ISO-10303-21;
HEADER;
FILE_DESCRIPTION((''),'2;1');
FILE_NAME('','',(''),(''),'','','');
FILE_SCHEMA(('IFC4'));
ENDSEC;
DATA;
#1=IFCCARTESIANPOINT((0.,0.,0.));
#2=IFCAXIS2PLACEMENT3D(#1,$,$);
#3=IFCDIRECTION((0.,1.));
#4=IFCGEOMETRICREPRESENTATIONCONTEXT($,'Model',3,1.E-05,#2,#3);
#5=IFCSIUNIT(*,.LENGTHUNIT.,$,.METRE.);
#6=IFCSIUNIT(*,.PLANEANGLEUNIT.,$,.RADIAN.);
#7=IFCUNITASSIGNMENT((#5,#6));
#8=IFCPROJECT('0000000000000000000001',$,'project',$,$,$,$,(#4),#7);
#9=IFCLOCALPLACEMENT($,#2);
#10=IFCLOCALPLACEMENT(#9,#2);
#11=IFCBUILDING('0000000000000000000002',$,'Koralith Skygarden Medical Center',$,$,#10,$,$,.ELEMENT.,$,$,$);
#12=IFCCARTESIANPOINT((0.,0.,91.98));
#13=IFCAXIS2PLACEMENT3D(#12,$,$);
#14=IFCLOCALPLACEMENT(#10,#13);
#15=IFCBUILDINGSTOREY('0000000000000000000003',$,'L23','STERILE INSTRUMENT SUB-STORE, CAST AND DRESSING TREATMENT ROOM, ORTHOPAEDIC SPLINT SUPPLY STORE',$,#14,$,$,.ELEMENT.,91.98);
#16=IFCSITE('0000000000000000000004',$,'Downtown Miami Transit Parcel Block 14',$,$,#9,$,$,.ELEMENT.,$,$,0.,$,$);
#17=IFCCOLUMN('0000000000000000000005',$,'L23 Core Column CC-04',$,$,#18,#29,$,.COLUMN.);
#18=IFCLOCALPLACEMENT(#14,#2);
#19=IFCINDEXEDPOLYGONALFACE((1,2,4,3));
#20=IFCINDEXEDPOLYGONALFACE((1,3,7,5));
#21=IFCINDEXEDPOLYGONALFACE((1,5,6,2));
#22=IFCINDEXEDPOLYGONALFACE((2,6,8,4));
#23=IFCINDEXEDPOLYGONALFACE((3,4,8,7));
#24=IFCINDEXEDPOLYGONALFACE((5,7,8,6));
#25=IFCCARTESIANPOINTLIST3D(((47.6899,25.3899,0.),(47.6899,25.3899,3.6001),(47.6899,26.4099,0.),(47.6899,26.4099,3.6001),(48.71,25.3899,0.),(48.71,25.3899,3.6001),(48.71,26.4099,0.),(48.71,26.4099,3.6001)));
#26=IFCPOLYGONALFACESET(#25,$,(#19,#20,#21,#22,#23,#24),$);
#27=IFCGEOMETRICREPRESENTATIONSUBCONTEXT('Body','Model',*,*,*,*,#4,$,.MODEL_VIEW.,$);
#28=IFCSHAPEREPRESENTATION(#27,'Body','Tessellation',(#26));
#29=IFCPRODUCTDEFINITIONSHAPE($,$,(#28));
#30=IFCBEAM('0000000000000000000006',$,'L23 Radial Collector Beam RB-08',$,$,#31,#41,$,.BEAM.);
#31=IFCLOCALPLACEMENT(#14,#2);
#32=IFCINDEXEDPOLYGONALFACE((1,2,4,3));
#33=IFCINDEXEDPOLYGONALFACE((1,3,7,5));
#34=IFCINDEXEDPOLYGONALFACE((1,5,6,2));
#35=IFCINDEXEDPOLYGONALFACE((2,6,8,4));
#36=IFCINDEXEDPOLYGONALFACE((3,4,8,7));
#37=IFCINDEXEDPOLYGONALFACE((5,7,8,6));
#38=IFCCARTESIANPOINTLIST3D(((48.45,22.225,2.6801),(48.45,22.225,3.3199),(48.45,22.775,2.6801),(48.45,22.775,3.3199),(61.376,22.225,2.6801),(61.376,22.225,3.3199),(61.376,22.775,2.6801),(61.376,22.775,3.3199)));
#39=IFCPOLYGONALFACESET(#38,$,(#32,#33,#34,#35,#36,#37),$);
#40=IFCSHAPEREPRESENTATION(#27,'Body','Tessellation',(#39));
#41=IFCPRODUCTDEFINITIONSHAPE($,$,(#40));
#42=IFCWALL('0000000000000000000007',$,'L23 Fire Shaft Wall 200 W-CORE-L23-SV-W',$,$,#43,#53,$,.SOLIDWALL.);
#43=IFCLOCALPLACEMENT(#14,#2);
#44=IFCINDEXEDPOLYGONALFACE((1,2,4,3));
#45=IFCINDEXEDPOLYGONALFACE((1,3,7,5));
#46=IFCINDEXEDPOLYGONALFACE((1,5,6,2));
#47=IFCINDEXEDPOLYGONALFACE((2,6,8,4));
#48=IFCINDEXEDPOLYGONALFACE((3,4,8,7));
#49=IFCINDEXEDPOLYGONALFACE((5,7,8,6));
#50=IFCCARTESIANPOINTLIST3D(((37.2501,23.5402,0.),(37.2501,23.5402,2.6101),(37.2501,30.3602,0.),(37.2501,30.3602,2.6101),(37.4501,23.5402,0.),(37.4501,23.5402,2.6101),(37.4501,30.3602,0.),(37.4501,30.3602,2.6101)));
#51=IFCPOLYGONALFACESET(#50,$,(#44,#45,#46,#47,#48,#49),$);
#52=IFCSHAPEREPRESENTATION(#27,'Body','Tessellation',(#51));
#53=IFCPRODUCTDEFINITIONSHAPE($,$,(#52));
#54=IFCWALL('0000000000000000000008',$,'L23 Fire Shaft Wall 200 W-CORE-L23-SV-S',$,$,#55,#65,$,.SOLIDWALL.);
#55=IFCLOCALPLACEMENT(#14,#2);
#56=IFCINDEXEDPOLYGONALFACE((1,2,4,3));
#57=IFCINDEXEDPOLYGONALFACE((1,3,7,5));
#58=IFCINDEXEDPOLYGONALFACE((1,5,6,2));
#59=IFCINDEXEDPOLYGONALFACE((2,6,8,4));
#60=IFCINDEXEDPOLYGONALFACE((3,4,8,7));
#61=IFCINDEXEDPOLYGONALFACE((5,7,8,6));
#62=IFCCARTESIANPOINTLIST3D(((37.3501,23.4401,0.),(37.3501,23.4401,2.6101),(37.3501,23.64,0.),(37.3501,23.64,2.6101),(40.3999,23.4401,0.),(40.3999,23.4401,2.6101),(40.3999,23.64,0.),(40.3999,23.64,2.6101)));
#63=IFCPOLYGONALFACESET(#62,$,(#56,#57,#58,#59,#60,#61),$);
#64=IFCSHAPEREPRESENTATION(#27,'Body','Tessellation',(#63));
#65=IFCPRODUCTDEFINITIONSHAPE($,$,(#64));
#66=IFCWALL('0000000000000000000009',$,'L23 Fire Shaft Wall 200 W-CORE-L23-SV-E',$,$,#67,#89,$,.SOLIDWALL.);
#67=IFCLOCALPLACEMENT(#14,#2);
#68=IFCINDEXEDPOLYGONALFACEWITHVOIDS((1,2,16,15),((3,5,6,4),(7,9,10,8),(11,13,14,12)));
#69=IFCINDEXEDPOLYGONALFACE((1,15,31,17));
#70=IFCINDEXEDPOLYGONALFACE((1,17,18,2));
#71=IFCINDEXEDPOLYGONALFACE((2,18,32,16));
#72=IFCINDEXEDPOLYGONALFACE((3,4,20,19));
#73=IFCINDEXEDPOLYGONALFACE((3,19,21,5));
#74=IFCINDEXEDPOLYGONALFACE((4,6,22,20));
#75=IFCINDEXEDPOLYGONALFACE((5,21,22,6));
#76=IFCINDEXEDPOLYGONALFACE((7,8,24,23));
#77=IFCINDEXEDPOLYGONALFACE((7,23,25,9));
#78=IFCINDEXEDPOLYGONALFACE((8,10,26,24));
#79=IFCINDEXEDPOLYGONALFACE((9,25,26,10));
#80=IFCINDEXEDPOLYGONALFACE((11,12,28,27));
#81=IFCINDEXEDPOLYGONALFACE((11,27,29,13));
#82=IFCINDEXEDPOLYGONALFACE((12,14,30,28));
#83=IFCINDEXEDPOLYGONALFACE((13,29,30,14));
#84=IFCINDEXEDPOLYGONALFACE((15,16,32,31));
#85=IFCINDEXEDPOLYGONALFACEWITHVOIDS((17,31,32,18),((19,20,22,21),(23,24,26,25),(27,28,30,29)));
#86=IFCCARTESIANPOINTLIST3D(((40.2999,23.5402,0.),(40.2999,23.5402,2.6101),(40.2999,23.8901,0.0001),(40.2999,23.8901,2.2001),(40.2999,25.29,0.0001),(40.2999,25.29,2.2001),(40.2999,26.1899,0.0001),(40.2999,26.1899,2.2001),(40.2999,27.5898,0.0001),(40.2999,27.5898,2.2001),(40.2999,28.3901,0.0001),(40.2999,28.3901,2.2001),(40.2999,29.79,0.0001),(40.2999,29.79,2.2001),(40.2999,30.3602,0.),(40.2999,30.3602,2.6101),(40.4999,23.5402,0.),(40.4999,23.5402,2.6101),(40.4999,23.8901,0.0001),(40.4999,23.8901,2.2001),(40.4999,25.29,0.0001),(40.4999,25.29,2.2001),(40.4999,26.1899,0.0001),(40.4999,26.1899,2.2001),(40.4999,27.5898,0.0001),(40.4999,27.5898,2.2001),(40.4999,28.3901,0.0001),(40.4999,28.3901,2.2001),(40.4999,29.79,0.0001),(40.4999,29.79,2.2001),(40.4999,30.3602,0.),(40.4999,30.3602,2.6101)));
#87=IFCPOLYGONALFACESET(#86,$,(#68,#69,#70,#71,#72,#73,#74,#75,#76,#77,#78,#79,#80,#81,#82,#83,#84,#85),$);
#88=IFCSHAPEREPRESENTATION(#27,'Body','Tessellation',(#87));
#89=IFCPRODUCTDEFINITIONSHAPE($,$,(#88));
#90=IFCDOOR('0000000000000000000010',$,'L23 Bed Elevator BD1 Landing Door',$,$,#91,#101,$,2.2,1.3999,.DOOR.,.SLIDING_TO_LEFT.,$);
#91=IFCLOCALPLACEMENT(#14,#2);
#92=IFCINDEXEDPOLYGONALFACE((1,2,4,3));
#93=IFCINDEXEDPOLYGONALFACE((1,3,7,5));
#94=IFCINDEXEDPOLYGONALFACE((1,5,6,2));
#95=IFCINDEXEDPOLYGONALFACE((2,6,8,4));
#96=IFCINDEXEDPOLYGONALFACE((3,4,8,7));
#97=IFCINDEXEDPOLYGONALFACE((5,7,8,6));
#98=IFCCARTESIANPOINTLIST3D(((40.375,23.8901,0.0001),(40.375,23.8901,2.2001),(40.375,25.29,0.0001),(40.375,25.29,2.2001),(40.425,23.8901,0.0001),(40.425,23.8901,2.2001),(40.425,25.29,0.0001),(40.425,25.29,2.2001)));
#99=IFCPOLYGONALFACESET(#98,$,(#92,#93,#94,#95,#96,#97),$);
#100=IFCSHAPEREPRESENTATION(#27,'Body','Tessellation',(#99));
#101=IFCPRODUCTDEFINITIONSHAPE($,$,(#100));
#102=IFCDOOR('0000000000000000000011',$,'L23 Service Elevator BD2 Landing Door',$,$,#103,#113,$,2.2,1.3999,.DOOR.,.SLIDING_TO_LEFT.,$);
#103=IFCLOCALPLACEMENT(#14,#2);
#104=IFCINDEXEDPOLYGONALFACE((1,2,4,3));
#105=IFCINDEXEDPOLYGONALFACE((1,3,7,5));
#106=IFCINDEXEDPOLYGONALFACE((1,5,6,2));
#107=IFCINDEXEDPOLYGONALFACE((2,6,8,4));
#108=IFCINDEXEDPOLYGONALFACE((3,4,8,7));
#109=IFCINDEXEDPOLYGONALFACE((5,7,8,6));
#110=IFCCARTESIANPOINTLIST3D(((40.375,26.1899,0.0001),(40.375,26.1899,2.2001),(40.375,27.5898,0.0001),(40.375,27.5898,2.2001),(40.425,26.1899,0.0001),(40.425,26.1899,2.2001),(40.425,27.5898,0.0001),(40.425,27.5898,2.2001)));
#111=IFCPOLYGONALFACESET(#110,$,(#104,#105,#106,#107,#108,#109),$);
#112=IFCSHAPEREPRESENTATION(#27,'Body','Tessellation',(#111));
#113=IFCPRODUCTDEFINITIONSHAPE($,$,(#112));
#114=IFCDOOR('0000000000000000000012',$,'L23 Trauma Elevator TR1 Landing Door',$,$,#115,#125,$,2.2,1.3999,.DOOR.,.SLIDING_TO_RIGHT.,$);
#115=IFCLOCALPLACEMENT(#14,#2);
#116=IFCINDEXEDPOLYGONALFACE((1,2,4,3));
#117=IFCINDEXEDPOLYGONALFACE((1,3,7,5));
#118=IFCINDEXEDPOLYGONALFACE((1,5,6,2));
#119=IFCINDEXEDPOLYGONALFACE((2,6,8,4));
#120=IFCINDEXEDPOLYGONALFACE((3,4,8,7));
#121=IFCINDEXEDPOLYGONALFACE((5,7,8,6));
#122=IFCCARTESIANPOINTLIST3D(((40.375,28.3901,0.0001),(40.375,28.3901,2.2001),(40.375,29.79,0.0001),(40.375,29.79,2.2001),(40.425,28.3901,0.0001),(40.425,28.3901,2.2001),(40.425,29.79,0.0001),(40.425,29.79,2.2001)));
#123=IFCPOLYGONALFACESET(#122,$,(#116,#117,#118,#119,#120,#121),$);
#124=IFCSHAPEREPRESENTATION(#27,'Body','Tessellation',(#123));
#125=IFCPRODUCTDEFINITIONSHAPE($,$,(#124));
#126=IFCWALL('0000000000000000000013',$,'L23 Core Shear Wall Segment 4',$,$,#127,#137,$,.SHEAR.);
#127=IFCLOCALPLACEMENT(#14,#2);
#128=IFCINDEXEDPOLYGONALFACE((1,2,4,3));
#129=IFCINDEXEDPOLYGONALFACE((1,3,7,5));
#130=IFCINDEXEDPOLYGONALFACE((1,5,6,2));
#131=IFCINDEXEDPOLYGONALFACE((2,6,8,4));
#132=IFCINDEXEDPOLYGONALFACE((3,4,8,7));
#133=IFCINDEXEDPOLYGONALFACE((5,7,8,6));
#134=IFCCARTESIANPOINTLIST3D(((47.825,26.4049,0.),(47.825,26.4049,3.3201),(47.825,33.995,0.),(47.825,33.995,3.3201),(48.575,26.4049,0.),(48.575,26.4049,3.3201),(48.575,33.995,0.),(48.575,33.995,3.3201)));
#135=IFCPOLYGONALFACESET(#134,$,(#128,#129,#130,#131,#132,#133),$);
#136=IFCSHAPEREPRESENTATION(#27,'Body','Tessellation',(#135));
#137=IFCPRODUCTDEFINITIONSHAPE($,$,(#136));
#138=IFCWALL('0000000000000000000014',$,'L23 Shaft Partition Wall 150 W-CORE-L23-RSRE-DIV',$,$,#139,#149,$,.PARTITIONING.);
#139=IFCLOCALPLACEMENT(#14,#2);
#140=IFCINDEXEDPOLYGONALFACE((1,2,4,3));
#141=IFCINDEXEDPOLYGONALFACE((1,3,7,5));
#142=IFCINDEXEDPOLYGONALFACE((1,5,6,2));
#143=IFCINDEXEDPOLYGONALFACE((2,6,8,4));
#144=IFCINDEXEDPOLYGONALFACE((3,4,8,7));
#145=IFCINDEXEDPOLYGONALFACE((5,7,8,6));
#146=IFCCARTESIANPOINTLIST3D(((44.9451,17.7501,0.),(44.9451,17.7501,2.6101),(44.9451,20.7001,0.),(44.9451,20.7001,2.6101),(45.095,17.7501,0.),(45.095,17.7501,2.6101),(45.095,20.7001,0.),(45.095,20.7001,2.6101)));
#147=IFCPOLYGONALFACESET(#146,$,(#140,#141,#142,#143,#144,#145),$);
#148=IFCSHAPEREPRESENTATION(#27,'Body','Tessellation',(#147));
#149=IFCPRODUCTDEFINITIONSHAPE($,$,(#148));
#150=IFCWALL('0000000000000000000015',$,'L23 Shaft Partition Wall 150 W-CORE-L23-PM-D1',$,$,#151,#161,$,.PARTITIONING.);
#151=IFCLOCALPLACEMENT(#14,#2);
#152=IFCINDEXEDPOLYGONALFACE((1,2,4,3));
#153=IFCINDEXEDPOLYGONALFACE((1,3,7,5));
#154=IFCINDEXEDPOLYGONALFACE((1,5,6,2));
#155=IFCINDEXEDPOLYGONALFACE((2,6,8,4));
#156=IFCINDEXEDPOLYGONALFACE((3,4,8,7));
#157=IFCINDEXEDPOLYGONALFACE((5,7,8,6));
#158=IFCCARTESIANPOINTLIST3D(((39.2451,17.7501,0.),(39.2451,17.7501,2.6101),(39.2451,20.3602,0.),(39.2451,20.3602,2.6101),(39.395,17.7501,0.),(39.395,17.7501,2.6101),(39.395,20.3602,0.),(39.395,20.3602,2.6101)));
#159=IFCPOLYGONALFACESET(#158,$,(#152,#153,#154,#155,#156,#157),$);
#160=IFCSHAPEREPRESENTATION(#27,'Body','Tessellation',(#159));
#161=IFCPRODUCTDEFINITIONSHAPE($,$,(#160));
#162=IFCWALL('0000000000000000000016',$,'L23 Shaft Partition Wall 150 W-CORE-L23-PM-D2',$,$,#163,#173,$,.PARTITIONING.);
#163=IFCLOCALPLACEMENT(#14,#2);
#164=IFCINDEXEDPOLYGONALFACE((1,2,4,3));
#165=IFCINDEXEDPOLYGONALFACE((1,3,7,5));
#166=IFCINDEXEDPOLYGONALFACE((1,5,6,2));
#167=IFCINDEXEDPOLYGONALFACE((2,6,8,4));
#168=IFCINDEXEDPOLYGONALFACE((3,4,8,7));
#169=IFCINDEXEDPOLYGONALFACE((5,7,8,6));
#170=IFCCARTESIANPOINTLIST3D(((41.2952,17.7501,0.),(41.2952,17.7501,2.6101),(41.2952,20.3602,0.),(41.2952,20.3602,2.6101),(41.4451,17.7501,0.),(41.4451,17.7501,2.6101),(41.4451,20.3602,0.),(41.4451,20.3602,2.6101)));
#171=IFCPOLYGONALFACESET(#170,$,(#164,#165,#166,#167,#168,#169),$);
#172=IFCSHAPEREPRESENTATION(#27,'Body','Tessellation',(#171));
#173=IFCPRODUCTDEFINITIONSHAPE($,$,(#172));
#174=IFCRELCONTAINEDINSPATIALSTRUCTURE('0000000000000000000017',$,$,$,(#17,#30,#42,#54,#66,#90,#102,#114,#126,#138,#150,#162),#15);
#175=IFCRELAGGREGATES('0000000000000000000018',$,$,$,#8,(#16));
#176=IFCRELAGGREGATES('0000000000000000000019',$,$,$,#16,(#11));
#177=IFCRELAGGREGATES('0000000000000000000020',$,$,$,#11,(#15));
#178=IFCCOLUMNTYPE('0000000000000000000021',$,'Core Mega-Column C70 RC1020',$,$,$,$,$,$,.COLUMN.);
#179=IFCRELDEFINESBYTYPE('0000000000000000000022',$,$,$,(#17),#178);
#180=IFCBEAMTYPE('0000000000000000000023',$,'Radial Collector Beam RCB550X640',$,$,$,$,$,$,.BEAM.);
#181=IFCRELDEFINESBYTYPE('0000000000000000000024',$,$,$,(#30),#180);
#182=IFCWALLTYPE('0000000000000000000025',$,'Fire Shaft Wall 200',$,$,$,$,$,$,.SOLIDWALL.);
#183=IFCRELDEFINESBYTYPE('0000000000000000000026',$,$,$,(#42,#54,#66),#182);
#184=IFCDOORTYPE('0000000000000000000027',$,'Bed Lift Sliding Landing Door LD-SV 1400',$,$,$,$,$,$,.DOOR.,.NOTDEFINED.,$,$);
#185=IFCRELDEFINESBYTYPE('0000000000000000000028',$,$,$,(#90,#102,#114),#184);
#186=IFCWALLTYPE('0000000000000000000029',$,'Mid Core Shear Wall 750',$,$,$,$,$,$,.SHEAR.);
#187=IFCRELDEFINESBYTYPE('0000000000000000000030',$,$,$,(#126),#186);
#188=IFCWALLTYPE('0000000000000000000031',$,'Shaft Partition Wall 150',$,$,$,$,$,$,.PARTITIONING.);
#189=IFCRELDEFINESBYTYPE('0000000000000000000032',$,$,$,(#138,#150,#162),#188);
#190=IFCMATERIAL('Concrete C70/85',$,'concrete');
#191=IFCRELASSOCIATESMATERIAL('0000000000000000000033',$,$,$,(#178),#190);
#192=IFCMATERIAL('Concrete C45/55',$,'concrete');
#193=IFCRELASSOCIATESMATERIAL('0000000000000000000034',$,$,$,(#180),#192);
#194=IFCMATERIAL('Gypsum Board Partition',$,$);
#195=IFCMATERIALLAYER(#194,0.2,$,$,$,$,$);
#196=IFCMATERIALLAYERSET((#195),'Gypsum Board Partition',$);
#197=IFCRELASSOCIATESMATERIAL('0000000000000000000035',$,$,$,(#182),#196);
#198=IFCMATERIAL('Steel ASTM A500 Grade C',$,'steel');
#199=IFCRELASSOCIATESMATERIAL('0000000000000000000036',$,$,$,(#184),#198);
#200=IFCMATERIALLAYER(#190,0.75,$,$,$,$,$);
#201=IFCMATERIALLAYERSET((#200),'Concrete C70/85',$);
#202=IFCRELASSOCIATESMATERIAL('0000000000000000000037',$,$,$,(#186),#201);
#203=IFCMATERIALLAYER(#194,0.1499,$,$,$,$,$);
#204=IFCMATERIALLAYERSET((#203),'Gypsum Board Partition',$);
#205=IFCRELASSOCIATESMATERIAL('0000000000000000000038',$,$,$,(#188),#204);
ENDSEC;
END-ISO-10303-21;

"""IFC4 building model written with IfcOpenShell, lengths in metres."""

from ifc_helpers import new_model, si_unit, direction, frame, frame_2d, origin, origin_2d, place, context, subcontext, project, spatial, rectangle, extrude, material, layer, layer_set, material_profile, profile_set, type_object, element, fill, save


model = new_model("IFC4")

# Units and contexts
model_context = context("Model", 3, precision=1e-05, world=origin(), true_north=direction((0.0, 1.0)))
body_context = subcontext(model_context, "Body", "Model", "MODEL_VIEW")
ifc_project = project(units=[si_unit("LENGTHUNIT", "METRE"), si_unit("PLANEANGLEUNIT", "RADIAN")], contexts=[model_context])

# Site, building, storey
site_placement = place(None, origin())
site = spatial("IfcSite", under=ifc_project, at=site_placement, Name="Downtown Miami Transit Parcel Block 14", CompositionType="ELEMENT", RefElevation=0.0)
building_placement = place(site_placement, origin())
building = spatial("IfcBuilding", under=site, at=building_placement, Name="Koralith Skygarden Medical Center", CompositionType="ELEMENT")
storey_placement = place(building_placement, frame((0.0, 0.0, 91.98)))
storey = spatial("IfcBuildingStorey", under=building, at=storey_placement, Name="L23", Description="STERILE INSTRUMENT SUB-STORE, CAST AND DRESSING TREATMENT ROOM, ORTHOPAEDIC SPLINT SUPPLY STORE", CompositionType="ELEMENT", Elevation=91.98)

# Column
ifc_material_1 = material(Name="Concrete C70/85", Category="concrete")
ifc_material_profile_1 = material_profile(ifc_material_1, rectangle(XDim=1.02, YDim=1.02, at=origin_2d()), Name="RC1020X1020")
ifc_profile_set_1 = profile_set([ifc_material_profile_1], Name="Concrete C70/85")
column_type = type_object("IfcColumnType", Name="Core Mega-Column C70 RC1020", PredefinedType="COLUMN", material=ifc_profile_set_1)
column_placement = place(storey_placement, frame((48.2, 25.8999, 0.0), z_axis=(0.0, 0.0, 1.0), x_axis=(1.0, 0.0, 0.0)))
element("IfcColumn", 1, at=column_placement, inside=storey, type_object=column_type, Name="L23 Core Column CC-04", PredefinedType="COLUMN", context=body_context, shape_type="SweptSolid", body=[
    extrude(rectangle(XDim=1.02, YDim=1.02, at=origin_2d()), origin(), (0.0, 0.0, 1.0), 3.6001),
])

# Beam
ifc_material_2 = material(Name="Concrete C45/55", Category="concrete")
ifc_material_profile_2 = material_profile(ifc_material_2, rectangle(XDim=0.55, YDim=0.6399, at=origin_2d()), Name="RCB550X640")
ifc_profile_set_2 = profile_set([ifc_material_profile_2], Name="Concrete C45/55")
beam_type = type_object("IfcBeamType", Name="Radial Collector Beam RCB550X640", PredefinedType="BEAM", material=ifc_profile_set_2)
beam_placement = place(storey_placement, frame((48.45, 22.5, 3.0), z_axis=(1.0, 0.0, 0.0), x_axis=(0.0, 1.0, 0.0)))
element("IfcBeam", 2, at=beam_placement, inside=storey, type_object=beam_type, Name="L23 Radial Collector Beam RB-08", PredefinedType="BEAM", context=body_context, shape_type="SweptSolid", body=[
    extrude(rectangle(XDim=0.55, YDim=0.6399, at=origin_2d()), origin(), (0.0, 0.0, 1.0), 12.926),
])

# Shared definitions
ifc_material_3 = material(Name="Gypsum Board Partition")
ifc_layer_1 = layer(ifc_material_3, 0.2)
ifc_layer_set_1 = layer_set([ifc_layer_1], Name="Gypsum Board Partition")
wall_type_1 = type_object("IfcWallType", Name="Fire Shaft Wall 200", PredefinedType="SOLIDWALL", material=ifc_layer_set_1)
ifc_material_4 = material(Name="Steel ASTM A500 Grade C", Category="steel")

# Walls
wall_1_placement = place(storey_placement, frame((37.3501, 23.54, 0.0), z_axis=(0.0, 0.0, 1.0), x_axis=(0.0, 1.0, 0.0)))
element("IfcWall", 3, at=wall_1_placement, inside=storey, type_object=wall_type_1, Name="L23 Fire Shaft Wall 200 W-CORE-L23-SV-W", PredefinedType="SOLIDWALL", context=body_context, shape_type="SweptSolid", body=[
    extrude(rectangle(XDim=6.8201, YDim=0.2, at=frame_2d((3.4102, 0.0))), origin(), (0.0, 0.0, 1.0), 2.6101),
])
wall_2_placement = place(storey_placement, frame((37.3501, 23.54, 0.0), z_axis=(0.0, 0.0, 1.0), x_axis=(1.0, 0.0, 0.0)))
element("IfcWall", 4, at=wall_2_placement, inside=storey, type_object=wall_type_1, Name="L23 Fire Shaft Wall 200 W-CORE-L23-SV-S", PredefinedType="SOLIDWALL", context=body_context, shape_type="SweptSolid", body=[
    extrude(rectangle(XDim=3.0498, YDim=0.2, at=frame_2d((1.5249, 0.0))), origin(), (0.0, 0.0, 1.0), 2.6101),
])

# Wall, openings, doors
wall_3_placement = place(storey_placement, frame((40.3999, 23.54, 0.0), z_axis=(0.0, 0.0, 1.0), x_axis=(0.0, 1.0, 0.0)))
wall_3 = element("IfcWall", 5, at=wall_3_placement, inside=storey, type_object=wall_type_1, Name="L23 Fire Shaft Wall 200 W-CORE-L23-SV-E", PredefinedType="SOLIDWALL", context=body_context, shape_type="SweptSolid", body=[
    extrude(rectangle(XDim=6.8201, YDim=0.2, at=frame_2d((3.4102, 0.0))), origin(), (0.0, 0.0, 1.0), 2.6101),
])
opening_1_placement = place(wall_3_placement, frame((0.3501, 0.0, 0.0)))
opening_1 = element("IfcOpeningElement", 6, at=opening_1_placement, cuts=wall_3, PredefinedType="OPENING", context=body_context, shape_type="SweptSolid", body=[
    extrude(rectangle(XDim=1.3999, YDim=2.2, at=frame_2d((0.7, 1.1001))), frame((0.0, 0.1099, 0.0), z_axis=(0.0, -1.0, 0.0), x_axis=(1.0, 0.0, 0.0)), (0.0, 0.0, 1.0), 0.22),
])
opening_2_placement = place(wall_3_placement, frame((2.6499, 0.0, 0.0)))
opening_2 = element("IfcOpeningElement", 7, at=opening_2_placement, cuts=wall_3, PredefinedType="OPENING", context=body_context, shape_type="SweptSolid", body=[
    extrude(rectangle(XDim=1.3999, YDim=2.2, at=frame_2d((0.7, 1.1001))), frame((0.0, 0.1099, 0.0), z_axis=(0.0, -1.0, 0.0), x_axis=(1.0, 0.0, 0.0)), (0.0, 0.0, 1.0), 0.22),
])
opening_3_placement = place(wall_3_placement, frame((4.8501, 0.0, 0.0)))
opening_3 = element("IfcOpeningElement", 8, at=opening_3_placement, cuts=wall_3, PredefinedType="OPENING", context=body_context, shape_type="SweptSolid", body=[
    extrude(rectangle(XDim=1.3999, YDim=2.2, at=frame_2d((0.7, 1.1001))), frame((0.0, 0.1099, 0.0), z_axis=(0.0, -1.0, 0.0), x_axis=(1.0, 0.0, 0.0)), (0.0, 0.0, 1.0), 0.22),
])
door_type_1 = type_object("IfcDoorType", Name="Bed Lift Sliding Landing Door LD-SV 1400", OperationType="NOTDEFINED", PredefinedType="DOOR", material=ifc_material_4)
door_1_placement = place(opening_1_placement, origin())
door_1 = element("IfcDoor", 9, at=door_1_placement, inside=storey, type_object=door_type_1, Name="L23 Bed Elevator BD1 Landing Door", OperationType="SLIDING_TO_LEFT", OverallHeight=2.2, OverallWidth=1.3999, PredefinedType="DOOR", context=body_context, shape_type="SweptSolid", body=[
    extrude(rectangle(XDim=1.3999, YDim=2.2, at=frame_2d((0.7, 1.1001))), frame((0.0, 0.0249, 0.0), z_axis=(0.0, -1.0, 0.0), x_axis=(1.0, 0.0, 0.0)), (0.0, 0.0, 1.0), 0.05),
])
fill(opening_1, door_1)
door_2_placement = place(opening_2_placement, origin())
door_2 = element("IfcDoor", 10, at=door_2_placement, inside=storey, type_object=door_type_1, Name="L23 Service Elevator BD2 Landing Door", OperationType="SLIDING_TO_LEFT", OverallHeight=2.2, OverallWidth=1.3999, PredefinedType="DOOR", context=body_context, shape_type="SweptSolid", body=[
    extrude(rectangle(XDim=1.3999, YDim=2.2, at=frame_2d((0.7, 1.1001))), frame((0.0, 0.0249, 0.0), z_axis=(0.0, -1.0, 0.0), x_axis=(1.0, 0.0, 0.0)), (0.0, 0.0, 1.0), 0.05),
])
fill(opening_2, door_2)
door_3_placement = place(opening_3_placement, origin())
door_3 = element("IfcDoor", 11, at=door_3_placement, inside=storey, type_object=door_type_1, Name="L23 Trauma Elevator TR1 Landing Door", OperationType="SLIDING_TO_RIGHT", OverallHeight=2.2, OverallWidth=1.3999, PredefinedType="DOOR", context=body_context, shape_type="SweptSolid", body=[
    extrude(rectangle(XDim=1.3999, YDim=2.2, at=frame_2d((0.7, 1.1001))), frame((0.0, 0.0249, 0.0), z_axis=(0.0, -1.0, 0.0), x_axis=(1.0, 0.0, 0.0)), (0.0, 0.0, 1.0), 0.05),
])
fill(opening_3, door_3)

# Shared definitions
ifc_layer_2 = layer(ifc_material_1, 0.75)
ifc_layer_set_2 = layer_set([ifc_layer_2], Name="Concrete C70/85")
wall_type_2 = type_object("IfcWallType", Name="Mid Core Shear Wall 750", PredefinedType="SHEAR", material=ifc_layer_set_2)

# Walls
wall_4_placement = place(storey_placement, frame((48.2, 26.405, 0.0), z_axis=(0.0, 0.0, 1.0), x_axis=(0.0, 1.0, 0.0)))
element("IfcWall", 12, at=wall_4_placement, inside=storey, type_object=wall_type_2, Name="L23 Core Shear Wall Segment 4", PredefinedType="SHEAR", context=body_context, shape_type="SweptSolid", body=[
    extrude(rectangle(XDim=7.5901, YDim=0.75, at=frame_2d((3.7949, 0.0))), origin(), (0.0, 0.0, 1.0), 3.3201),
])
ifc_layer_3 = layer(ifc_material_3, 0.1499)
ifc_layer_set_3 = layer_set([ifc_layer_3], Name="Gypsum Board Partition")
wall_type_3 = type_object("IfcWallType", Name="Shaft Partition Wall 150", PredefinedType="PARTITIONING", material=ifc_layer_set_3)
wall_5_placement = place(storey_placement, frame((45.02, 17.75, 0.0), z_axis=(0.0, 0.0, 1.0), x_axis=(0.0, 1.0, 0.0)))
element("IfcWall", 13, at=wall_5_placement, inside=storey, type_object=wall_type_3, Name="L23 Shaft Partition Wall 150 W-CORE-L23-RSRE-DIV", PredefinedType="PARTITIONING", context=body_context, shape_type="SweptSolid", body=[
    extrude(rectangle(XDim=2.95, YDim=0.1499, at=frame_2d((1.4751, 0.0))), origin(), (0.0, 0.0, 1.0), 2.6101),
])
for number, where, z_axis, x_axis, name in (
    (14, (39.3201, 17.75, 0.0), (0.0, 0.0, 1.0), (0.0, 1.0, 0.0), "L23 Shaft Partition Wall 150 W-CORE-L23-PM-D1"),
    (15, (41.3701, 17.75, 0.0), (0.0, 0.0, 1.0), (0.0, 1.0, 0.0), "L23 Shaft Partition Wall 150 W-CORE-L23-PM-D2"),
):
    element("IfcWall", number, at=place(storey_placement, frame(where, z_axis=z_axis, x_axis=x_axis)), inside=storey, type_object=wall_type_3, Name=name, PredefinedType="PARTITIONING", context=body_context, shape_type="SweptSolid", body=[
        extrude(rectangle(XDim=2.6101, YDim=0.1499, at=frame_2d((1.3052, 0.0))), origin(), (0.0, 0.0, 1.0), 2.6101),
    ])

save(model, "model.ifc")
